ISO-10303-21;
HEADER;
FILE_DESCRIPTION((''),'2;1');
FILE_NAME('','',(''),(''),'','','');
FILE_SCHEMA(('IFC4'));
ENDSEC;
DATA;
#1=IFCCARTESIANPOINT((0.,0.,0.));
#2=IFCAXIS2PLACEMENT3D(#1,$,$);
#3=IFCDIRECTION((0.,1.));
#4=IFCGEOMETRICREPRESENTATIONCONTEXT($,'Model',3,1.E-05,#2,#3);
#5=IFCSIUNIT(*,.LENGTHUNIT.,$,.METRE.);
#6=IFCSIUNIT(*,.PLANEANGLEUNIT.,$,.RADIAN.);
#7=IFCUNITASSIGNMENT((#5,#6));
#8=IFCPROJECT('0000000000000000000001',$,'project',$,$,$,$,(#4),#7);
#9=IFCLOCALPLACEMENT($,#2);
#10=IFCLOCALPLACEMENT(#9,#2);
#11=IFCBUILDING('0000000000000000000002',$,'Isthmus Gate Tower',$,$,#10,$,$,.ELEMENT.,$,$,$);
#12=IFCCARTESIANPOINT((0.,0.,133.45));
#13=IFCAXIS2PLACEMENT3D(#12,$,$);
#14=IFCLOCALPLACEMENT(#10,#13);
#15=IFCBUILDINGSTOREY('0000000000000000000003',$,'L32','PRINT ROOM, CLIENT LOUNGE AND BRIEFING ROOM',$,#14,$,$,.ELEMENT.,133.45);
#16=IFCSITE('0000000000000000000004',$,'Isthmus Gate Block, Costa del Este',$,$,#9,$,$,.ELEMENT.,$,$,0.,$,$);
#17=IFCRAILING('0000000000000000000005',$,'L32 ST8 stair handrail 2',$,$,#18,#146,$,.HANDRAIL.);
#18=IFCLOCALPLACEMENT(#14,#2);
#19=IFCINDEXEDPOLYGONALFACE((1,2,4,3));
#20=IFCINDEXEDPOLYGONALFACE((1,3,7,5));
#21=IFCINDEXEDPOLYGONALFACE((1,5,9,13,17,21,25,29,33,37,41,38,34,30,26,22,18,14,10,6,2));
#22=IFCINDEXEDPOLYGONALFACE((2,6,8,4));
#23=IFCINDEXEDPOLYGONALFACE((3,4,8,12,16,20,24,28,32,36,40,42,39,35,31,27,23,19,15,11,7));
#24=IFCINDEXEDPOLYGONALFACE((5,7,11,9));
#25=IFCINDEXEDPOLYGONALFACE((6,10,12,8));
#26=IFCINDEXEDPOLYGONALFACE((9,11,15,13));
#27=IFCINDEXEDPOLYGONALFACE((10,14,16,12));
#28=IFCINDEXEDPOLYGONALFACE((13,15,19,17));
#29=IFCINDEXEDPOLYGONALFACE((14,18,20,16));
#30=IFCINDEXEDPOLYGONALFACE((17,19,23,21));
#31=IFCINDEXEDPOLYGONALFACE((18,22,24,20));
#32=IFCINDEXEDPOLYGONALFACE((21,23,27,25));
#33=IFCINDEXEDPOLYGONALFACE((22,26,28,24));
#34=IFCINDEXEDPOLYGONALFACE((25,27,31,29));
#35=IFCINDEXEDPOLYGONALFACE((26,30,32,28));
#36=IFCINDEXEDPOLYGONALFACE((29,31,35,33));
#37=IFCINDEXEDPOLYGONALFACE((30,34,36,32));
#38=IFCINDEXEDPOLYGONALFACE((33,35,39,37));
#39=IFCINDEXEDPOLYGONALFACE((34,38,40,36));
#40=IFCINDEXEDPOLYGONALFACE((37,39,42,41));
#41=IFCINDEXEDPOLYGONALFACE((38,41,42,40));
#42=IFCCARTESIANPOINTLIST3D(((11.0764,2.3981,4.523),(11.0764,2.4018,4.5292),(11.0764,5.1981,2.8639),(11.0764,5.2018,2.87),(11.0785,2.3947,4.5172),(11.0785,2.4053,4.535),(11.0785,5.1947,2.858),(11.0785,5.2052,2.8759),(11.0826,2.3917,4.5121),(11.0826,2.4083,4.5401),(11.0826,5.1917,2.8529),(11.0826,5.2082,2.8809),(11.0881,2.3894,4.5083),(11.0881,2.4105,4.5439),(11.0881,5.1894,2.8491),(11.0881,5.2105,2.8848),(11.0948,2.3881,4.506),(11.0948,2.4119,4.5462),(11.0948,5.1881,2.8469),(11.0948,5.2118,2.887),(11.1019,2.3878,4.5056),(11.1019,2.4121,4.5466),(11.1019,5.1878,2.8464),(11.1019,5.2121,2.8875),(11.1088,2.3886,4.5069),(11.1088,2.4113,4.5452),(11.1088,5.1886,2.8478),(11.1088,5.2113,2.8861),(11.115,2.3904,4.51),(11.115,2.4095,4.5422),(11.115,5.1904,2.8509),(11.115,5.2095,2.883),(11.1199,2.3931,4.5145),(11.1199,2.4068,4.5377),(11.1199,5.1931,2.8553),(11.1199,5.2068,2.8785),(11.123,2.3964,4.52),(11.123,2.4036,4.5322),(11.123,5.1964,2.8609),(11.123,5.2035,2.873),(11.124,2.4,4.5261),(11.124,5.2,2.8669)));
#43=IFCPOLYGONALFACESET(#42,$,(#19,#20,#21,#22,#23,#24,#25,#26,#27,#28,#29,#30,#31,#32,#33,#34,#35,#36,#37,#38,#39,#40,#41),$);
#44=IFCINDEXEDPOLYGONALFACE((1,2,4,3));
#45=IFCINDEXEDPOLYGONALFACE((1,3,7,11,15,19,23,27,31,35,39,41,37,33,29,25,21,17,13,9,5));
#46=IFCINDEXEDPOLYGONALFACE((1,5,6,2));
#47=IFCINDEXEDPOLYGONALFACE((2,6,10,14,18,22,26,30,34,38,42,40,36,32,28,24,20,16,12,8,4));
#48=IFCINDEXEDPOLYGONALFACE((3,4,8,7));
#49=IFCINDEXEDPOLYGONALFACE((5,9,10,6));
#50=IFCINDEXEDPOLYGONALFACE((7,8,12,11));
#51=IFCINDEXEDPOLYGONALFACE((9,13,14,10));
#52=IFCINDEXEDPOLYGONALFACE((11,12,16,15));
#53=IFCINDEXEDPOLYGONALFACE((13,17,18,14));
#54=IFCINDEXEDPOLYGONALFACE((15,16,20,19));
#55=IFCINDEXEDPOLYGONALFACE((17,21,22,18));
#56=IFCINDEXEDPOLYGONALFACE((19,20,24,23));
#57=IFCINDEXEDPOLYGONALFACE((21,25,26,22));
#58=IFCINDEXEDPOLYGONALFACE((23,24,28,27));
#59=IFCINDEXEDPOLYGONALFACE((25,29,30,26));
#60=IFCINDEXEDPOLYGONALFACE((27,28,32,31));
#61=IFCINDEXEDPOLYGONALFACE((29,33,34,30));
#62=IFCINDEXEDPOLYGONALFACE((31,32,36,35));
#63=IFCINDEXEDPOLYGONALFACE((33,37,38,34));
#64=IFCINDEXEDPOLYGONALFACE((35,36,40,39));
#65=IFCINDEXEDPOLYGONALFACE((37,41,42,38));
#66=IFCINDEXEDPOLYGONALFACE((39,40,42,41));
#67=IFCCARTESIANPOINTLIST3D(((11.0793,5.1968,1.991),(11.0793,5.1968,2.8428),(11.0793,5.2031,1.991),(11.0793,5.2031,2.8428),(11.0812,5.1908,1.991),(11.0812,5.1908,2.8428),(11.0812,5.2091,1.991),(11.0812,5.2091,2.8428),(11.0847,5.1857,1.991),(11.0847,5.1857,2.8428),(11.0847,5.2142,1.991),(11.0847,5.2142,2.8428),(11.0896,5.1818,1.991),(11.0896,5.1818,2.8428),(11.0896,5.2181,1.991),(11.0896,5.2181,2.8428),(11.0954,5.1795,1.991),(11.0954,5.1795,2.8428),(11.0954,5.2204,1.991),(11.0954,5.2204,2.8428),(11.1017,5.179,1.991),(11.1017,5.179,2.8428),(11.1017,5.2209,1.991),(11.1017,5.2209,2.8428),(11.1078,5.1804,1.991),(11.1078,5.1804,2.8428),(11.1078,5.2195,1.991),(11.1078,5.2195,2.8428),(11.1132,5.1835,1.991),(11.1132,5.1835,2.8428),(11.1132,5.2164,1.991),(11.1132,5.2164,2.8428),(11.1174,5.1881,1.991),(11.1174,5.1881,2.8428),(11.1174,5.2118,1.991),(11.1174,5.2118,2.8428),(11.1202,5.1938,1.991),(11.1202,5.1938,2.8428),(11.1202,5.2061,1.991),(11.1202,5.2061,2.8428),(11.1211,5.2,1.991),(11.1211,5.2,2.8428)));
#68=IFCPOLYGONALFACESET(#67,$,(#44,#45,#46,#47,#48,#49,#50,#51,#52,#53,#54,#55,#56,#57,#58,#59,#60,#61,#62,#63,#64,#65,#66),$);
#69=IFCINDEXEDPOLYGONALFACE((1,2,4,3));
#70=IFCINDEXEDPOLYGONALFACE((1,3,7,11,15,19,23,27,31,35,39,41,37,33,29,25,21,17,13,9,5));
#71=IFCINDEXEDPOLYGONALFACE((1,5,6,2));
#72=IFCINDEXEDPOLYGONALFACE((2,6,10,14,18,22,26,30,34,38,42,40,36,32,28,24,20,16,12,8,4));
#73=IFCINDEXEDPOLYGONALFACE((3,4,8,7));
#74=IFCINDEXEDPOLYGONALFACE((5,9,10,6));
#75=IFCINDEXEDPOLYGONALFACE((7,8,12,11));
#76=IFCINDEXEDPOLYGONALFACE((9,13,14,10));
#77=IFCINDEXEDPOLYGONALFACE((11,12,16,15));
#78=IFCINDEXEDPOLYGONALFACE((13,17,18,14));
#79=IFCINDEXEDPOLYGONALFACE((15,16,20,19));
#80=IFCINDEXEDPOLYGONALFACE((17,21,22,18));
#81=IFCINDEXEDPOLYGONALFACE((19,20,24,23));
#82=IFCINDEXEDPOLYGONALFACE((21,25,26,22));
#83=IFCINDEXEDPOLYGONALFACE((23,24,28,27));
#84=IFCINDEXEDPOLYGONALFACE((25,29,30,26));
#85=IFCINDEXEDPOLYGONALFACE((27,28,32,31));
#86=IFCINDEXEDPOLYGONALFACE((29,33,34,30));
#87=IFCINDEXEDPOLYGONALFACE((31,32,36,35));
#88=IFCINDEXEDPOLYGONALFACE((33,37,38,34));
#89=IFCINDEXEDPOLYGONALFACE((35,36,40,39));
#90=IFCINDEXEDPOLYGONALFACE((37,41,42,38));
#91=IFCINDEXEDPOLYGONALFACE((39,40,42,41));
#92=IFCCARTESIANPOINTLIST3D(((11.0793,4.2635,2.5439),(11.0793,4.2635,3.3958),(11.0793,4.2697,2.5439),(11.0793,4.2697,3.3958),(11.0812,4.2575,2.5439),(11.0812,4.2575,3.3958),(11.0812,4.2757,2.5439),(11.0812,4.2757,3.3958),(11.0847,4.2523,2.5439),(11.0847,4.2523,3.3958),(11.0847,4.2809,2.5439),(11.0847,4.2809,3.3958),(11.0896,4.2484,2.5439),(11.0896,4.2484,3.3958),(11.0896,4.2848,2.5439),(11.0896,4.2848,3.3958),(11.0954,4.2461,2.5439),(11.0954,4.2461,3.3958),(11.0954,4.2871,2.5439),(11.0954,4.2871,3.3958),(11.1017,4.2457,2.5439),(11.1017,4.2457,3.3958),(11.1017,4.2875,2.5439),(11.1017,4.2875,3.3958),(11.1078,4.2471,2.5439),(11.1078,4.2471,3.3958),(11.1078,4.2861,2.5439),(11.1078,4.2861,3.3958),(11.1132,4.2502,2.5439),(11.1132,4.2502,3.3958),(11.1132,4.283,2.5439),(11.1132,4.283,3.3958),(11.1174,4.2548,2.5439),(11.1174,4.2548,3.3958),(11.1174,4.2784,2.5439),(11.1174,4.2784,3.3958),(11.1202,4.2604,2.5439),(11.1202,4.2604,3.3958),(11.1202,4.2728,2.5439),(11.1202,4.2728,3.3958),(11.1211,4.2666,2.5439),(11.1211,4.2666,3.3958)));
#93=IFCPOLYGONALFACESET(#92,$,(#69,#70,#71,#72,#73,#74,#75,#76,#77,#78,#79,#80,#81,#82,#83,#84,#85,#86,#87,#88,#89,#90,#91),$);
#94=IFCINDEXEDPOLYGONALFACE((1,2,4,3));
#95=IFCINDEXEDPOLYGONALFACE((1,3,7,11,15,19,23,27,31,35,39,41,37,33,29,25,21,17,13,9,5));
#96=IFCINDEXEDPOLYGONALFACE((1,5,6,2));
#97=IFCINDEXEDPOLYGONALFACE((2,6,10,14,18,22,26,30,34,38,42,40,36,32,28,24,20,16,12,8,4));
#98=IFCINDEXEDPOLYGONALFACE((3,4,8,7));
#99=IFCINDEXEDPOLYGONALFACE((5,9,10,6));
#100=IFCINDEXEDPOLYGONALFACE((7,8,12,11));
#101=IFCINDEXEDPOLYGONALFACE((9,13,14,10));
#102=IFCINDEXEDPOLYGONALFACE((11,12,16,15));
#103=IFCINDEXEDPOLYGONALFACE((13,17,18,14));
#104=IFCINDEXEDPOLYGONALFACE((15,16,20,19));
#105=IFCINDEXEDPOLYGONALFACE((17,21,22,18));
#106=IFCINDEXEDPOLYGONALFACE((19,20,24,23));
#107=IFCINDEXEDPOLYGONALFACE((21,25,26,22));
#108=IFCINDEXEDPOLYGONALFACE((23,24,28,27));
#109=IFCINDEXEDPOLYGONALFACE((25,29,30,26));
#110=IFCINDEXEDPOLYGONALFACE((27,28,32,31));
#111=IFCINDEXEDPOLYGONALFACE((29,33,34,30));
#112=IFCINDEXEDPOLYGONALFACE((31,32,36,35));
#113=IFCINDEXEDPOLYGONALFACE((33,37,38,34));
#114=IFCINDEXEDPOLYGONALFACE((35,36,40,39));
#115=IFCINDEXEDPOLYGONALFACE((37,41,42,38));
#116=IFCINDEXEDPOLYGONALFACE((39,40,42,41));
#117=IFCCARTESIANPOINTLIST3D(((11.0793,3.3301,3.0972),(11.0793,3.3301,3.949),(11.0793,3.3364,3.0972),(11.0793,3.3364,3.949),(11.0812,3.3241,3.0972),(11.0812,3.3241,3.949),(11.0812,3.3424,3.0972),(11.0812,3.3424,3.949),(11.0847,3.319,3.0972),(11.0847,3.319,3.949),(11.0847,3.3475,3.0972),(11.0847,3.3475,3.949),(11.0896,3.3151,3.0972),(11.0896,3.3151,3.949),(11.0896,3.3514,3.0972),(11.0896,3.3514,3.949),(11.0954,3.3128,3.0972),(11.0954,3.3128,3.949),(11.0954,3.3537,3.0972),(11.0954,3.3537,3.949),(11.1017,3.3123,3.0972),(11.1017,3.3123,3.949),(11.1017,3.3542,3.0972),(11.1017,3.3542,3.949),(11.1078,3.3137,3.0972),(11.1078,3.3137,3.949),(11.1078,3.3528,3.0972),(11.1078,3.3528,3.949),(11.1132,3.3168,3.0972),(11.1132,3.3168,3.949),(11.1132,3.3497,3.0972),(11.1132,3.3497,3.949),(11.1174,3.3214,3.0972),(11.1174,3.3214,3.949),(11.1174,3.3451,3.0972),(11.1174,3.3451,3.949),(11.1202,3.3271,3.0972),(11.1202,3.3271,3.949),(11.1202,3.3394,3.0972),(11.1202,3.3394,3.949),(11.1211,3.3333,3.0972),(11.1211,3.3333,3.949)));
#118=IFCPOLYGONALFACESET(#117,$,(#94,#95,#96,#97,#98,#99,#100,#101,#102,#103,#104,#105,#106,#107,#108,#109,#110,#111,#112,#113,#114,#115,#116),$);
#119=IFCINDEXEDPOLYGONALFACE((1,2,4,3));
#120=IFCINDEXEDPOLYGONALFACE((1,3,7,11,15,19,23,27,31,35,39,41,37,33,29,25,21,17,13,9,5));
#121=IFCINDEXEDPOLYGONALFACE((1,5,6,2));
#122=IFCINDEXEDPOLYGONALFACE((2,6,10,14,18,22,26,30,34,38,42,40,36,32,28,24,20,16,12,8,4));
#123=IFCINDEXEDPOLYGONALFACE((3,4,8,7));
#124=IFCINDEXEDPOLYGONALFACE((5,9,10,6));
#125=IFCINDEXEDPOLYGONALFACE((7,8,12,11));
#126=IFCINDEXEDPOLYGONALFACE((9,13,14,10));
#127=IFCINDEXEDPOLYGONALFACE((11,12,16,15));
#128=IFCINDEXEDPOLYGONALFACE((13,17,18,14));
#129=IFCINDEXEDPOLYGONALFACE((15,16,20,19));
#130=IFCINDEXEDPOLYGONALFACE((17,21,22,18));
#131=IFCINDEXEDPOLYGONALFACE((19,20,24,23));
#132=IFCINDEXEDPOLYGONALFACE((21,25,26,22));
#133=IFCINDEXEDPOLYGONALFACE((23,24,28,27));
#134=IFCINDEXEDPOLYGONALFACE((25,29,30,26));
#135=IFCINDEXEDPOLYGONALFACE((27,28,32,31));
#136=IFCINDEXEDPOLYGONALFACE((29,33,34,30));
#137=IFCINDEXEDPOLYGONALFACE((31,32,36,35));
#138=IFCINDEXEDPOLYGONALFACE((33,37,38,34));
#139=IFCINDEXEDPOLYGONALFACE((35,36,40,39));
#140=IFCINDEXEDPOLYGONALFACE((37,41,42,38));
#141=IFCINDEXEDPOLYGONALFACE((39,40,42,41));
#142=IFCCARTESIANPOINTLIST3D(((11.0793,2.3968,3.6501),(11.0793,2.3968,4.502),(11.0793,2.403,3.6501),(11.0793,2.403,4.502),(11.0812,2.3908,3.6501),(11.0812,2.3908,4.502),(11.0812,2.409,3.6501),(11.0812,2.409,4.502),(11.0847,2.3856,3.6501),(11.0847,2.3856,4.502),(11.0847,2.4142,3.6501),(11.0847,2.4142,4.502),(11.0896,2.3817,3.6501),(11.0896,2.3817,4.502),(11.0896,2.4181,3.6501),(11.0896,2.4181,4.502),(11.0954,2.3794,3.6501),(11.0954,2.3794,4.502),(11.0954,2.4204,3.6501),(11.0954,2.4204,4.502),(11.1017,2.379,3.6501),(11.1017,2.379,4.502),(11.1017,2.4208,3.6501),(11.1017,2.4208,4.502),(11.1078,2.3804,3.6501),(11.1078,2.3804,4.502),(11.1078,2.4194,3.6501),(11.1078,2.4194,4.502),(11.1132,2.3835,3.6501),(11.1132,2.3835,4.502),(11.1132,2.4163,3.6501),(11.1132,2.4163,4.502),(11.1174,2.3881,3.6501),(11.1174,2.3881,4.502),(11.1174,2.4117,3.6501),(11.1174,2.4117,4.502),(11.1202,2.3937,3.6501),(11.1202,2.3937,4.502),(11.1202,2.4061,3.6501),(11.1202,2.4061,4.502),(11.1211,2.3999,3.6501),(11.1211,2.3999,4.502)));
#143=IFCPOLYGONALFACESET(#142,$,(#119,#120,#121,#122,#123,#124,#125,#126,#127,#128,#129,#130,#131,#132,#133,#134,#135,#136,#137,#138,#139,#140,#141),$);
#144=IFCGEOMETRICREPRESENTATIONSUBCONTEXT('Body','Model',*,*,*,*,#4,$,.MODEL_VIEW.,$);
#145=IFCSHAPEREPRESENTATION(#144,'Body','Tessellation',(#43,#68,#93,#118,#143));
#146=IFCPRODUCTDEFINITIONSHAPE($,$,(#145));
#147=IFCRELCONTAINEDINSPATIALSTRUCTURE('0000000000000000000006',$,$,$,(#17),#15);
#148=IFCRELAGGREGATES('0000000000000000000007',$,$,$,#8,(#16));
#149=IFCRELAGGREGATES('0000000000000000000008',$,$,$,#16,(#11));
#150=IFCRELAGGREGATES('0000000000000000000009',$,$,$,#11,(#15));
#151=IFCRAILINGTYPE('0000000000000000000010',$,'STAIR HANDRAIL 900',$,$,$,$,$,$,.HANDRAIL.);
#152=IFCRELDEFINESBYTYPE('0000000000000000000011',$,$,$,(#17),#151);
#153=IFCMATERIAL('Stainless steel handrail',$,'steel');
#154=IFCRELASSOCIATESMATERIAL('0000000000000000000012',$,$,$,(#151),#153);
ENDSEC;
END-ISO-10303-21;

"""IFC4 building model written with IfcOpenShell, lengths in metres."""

from ifc_helpers import new_model, si_unit, direction, frame, origin, origin_2d, place, context, subcontext, project, spatial, circle, extrude, material, type_object, element, save


model = new_model("IFC4")

# Units and contexts
model_context = context("Model", 3, precision=1e-05, world=origin(), true_north=direction((0.0, 1.0)))
body_context = subcontext(model_context, "Body", "Model", "MODEL_VIEW")
ifc_project = project(units=[si_unit("LENGTHUNIT", "METRE"), si_unit("PLANEANGLEUNIT", "RADIAN")], contexts=[model_context])

# Site, building, storey
site_placement = place(None, origin())
site = spatial("IfcSite", under=ifc_project, at=site_placement, Name="Isthmus Gate Block, Costa del Este", CompositionType="ELEMENT", RefElevation=0.0)
building_placement = place(site_placement, origin())
building = spatial("IfcBuilding", under=site, at=building_placement, Name="Isthmus Gate Tower", CompositionType="ELEMENT")
storey_placement = place(building_placement, frame((0.0, 0.0, 133.45)))
storey = spatial("IfcBuildingStorey", under=building, at=storey_placement, Name="L32", Description="PRINT ROOM, CLIENT LOUNGE AND BRIEFING ROOM", CompositionType="ELEMENT", Elevation=133.45)

# Railing
ifc_material_1 = material(Name="Stainless steel handrail", Category="steel")
railing_type_1 = type_object("IfcRailingType", Name="STAIR HANDRAIL 900", PredefinedType="HANDRAIL", material=ifc_material_1)
railing_1_placement = place(storey_placement, frame((11.1001, 5.2, 1.991)))
element("IfcRailing", 1, at=railing_1_placement, inside=storey, type_object=railing_type_1, Name="L32 ST8 stair handrail 2", PredefinedType="HANDRAIL", context=body_context, shape_type="SweptSolid", body=[
    extrude(circle(Radius=0.0239, at=origin_2d()), frame((0.0, 0.0, 0.876), z_axis=(0.0, -0.860306, 0.509778), x_axis=(1.0, 0.0, 0.0)), (0.0, 0.0, 1.0), 3.2546),
    extrude(circle(Radius=0.021, at=origin_2d()), origin(), (0.0, 0.0, 1.0), 0.8518),
    extrude(circle(Radius=0.021, at=origin_2d()), frame((0.0, -0.9333, 0.553)), (0.0, 0.0, 1.0), 0.8518),
    extrude(circle(Radius=0.021, at=origin_2d()), frame((0.0, -1.8667, 1.1062)), (0.0, 0.0, 1.0), 0.8518),
    extrude(circle(Radius=0.021, at=origin_2d()), frame((0.0, -2.8, 1.6592)), (0.0, 0.0, 1.0), 0.8518),
])

save(model, "model.ifc")
